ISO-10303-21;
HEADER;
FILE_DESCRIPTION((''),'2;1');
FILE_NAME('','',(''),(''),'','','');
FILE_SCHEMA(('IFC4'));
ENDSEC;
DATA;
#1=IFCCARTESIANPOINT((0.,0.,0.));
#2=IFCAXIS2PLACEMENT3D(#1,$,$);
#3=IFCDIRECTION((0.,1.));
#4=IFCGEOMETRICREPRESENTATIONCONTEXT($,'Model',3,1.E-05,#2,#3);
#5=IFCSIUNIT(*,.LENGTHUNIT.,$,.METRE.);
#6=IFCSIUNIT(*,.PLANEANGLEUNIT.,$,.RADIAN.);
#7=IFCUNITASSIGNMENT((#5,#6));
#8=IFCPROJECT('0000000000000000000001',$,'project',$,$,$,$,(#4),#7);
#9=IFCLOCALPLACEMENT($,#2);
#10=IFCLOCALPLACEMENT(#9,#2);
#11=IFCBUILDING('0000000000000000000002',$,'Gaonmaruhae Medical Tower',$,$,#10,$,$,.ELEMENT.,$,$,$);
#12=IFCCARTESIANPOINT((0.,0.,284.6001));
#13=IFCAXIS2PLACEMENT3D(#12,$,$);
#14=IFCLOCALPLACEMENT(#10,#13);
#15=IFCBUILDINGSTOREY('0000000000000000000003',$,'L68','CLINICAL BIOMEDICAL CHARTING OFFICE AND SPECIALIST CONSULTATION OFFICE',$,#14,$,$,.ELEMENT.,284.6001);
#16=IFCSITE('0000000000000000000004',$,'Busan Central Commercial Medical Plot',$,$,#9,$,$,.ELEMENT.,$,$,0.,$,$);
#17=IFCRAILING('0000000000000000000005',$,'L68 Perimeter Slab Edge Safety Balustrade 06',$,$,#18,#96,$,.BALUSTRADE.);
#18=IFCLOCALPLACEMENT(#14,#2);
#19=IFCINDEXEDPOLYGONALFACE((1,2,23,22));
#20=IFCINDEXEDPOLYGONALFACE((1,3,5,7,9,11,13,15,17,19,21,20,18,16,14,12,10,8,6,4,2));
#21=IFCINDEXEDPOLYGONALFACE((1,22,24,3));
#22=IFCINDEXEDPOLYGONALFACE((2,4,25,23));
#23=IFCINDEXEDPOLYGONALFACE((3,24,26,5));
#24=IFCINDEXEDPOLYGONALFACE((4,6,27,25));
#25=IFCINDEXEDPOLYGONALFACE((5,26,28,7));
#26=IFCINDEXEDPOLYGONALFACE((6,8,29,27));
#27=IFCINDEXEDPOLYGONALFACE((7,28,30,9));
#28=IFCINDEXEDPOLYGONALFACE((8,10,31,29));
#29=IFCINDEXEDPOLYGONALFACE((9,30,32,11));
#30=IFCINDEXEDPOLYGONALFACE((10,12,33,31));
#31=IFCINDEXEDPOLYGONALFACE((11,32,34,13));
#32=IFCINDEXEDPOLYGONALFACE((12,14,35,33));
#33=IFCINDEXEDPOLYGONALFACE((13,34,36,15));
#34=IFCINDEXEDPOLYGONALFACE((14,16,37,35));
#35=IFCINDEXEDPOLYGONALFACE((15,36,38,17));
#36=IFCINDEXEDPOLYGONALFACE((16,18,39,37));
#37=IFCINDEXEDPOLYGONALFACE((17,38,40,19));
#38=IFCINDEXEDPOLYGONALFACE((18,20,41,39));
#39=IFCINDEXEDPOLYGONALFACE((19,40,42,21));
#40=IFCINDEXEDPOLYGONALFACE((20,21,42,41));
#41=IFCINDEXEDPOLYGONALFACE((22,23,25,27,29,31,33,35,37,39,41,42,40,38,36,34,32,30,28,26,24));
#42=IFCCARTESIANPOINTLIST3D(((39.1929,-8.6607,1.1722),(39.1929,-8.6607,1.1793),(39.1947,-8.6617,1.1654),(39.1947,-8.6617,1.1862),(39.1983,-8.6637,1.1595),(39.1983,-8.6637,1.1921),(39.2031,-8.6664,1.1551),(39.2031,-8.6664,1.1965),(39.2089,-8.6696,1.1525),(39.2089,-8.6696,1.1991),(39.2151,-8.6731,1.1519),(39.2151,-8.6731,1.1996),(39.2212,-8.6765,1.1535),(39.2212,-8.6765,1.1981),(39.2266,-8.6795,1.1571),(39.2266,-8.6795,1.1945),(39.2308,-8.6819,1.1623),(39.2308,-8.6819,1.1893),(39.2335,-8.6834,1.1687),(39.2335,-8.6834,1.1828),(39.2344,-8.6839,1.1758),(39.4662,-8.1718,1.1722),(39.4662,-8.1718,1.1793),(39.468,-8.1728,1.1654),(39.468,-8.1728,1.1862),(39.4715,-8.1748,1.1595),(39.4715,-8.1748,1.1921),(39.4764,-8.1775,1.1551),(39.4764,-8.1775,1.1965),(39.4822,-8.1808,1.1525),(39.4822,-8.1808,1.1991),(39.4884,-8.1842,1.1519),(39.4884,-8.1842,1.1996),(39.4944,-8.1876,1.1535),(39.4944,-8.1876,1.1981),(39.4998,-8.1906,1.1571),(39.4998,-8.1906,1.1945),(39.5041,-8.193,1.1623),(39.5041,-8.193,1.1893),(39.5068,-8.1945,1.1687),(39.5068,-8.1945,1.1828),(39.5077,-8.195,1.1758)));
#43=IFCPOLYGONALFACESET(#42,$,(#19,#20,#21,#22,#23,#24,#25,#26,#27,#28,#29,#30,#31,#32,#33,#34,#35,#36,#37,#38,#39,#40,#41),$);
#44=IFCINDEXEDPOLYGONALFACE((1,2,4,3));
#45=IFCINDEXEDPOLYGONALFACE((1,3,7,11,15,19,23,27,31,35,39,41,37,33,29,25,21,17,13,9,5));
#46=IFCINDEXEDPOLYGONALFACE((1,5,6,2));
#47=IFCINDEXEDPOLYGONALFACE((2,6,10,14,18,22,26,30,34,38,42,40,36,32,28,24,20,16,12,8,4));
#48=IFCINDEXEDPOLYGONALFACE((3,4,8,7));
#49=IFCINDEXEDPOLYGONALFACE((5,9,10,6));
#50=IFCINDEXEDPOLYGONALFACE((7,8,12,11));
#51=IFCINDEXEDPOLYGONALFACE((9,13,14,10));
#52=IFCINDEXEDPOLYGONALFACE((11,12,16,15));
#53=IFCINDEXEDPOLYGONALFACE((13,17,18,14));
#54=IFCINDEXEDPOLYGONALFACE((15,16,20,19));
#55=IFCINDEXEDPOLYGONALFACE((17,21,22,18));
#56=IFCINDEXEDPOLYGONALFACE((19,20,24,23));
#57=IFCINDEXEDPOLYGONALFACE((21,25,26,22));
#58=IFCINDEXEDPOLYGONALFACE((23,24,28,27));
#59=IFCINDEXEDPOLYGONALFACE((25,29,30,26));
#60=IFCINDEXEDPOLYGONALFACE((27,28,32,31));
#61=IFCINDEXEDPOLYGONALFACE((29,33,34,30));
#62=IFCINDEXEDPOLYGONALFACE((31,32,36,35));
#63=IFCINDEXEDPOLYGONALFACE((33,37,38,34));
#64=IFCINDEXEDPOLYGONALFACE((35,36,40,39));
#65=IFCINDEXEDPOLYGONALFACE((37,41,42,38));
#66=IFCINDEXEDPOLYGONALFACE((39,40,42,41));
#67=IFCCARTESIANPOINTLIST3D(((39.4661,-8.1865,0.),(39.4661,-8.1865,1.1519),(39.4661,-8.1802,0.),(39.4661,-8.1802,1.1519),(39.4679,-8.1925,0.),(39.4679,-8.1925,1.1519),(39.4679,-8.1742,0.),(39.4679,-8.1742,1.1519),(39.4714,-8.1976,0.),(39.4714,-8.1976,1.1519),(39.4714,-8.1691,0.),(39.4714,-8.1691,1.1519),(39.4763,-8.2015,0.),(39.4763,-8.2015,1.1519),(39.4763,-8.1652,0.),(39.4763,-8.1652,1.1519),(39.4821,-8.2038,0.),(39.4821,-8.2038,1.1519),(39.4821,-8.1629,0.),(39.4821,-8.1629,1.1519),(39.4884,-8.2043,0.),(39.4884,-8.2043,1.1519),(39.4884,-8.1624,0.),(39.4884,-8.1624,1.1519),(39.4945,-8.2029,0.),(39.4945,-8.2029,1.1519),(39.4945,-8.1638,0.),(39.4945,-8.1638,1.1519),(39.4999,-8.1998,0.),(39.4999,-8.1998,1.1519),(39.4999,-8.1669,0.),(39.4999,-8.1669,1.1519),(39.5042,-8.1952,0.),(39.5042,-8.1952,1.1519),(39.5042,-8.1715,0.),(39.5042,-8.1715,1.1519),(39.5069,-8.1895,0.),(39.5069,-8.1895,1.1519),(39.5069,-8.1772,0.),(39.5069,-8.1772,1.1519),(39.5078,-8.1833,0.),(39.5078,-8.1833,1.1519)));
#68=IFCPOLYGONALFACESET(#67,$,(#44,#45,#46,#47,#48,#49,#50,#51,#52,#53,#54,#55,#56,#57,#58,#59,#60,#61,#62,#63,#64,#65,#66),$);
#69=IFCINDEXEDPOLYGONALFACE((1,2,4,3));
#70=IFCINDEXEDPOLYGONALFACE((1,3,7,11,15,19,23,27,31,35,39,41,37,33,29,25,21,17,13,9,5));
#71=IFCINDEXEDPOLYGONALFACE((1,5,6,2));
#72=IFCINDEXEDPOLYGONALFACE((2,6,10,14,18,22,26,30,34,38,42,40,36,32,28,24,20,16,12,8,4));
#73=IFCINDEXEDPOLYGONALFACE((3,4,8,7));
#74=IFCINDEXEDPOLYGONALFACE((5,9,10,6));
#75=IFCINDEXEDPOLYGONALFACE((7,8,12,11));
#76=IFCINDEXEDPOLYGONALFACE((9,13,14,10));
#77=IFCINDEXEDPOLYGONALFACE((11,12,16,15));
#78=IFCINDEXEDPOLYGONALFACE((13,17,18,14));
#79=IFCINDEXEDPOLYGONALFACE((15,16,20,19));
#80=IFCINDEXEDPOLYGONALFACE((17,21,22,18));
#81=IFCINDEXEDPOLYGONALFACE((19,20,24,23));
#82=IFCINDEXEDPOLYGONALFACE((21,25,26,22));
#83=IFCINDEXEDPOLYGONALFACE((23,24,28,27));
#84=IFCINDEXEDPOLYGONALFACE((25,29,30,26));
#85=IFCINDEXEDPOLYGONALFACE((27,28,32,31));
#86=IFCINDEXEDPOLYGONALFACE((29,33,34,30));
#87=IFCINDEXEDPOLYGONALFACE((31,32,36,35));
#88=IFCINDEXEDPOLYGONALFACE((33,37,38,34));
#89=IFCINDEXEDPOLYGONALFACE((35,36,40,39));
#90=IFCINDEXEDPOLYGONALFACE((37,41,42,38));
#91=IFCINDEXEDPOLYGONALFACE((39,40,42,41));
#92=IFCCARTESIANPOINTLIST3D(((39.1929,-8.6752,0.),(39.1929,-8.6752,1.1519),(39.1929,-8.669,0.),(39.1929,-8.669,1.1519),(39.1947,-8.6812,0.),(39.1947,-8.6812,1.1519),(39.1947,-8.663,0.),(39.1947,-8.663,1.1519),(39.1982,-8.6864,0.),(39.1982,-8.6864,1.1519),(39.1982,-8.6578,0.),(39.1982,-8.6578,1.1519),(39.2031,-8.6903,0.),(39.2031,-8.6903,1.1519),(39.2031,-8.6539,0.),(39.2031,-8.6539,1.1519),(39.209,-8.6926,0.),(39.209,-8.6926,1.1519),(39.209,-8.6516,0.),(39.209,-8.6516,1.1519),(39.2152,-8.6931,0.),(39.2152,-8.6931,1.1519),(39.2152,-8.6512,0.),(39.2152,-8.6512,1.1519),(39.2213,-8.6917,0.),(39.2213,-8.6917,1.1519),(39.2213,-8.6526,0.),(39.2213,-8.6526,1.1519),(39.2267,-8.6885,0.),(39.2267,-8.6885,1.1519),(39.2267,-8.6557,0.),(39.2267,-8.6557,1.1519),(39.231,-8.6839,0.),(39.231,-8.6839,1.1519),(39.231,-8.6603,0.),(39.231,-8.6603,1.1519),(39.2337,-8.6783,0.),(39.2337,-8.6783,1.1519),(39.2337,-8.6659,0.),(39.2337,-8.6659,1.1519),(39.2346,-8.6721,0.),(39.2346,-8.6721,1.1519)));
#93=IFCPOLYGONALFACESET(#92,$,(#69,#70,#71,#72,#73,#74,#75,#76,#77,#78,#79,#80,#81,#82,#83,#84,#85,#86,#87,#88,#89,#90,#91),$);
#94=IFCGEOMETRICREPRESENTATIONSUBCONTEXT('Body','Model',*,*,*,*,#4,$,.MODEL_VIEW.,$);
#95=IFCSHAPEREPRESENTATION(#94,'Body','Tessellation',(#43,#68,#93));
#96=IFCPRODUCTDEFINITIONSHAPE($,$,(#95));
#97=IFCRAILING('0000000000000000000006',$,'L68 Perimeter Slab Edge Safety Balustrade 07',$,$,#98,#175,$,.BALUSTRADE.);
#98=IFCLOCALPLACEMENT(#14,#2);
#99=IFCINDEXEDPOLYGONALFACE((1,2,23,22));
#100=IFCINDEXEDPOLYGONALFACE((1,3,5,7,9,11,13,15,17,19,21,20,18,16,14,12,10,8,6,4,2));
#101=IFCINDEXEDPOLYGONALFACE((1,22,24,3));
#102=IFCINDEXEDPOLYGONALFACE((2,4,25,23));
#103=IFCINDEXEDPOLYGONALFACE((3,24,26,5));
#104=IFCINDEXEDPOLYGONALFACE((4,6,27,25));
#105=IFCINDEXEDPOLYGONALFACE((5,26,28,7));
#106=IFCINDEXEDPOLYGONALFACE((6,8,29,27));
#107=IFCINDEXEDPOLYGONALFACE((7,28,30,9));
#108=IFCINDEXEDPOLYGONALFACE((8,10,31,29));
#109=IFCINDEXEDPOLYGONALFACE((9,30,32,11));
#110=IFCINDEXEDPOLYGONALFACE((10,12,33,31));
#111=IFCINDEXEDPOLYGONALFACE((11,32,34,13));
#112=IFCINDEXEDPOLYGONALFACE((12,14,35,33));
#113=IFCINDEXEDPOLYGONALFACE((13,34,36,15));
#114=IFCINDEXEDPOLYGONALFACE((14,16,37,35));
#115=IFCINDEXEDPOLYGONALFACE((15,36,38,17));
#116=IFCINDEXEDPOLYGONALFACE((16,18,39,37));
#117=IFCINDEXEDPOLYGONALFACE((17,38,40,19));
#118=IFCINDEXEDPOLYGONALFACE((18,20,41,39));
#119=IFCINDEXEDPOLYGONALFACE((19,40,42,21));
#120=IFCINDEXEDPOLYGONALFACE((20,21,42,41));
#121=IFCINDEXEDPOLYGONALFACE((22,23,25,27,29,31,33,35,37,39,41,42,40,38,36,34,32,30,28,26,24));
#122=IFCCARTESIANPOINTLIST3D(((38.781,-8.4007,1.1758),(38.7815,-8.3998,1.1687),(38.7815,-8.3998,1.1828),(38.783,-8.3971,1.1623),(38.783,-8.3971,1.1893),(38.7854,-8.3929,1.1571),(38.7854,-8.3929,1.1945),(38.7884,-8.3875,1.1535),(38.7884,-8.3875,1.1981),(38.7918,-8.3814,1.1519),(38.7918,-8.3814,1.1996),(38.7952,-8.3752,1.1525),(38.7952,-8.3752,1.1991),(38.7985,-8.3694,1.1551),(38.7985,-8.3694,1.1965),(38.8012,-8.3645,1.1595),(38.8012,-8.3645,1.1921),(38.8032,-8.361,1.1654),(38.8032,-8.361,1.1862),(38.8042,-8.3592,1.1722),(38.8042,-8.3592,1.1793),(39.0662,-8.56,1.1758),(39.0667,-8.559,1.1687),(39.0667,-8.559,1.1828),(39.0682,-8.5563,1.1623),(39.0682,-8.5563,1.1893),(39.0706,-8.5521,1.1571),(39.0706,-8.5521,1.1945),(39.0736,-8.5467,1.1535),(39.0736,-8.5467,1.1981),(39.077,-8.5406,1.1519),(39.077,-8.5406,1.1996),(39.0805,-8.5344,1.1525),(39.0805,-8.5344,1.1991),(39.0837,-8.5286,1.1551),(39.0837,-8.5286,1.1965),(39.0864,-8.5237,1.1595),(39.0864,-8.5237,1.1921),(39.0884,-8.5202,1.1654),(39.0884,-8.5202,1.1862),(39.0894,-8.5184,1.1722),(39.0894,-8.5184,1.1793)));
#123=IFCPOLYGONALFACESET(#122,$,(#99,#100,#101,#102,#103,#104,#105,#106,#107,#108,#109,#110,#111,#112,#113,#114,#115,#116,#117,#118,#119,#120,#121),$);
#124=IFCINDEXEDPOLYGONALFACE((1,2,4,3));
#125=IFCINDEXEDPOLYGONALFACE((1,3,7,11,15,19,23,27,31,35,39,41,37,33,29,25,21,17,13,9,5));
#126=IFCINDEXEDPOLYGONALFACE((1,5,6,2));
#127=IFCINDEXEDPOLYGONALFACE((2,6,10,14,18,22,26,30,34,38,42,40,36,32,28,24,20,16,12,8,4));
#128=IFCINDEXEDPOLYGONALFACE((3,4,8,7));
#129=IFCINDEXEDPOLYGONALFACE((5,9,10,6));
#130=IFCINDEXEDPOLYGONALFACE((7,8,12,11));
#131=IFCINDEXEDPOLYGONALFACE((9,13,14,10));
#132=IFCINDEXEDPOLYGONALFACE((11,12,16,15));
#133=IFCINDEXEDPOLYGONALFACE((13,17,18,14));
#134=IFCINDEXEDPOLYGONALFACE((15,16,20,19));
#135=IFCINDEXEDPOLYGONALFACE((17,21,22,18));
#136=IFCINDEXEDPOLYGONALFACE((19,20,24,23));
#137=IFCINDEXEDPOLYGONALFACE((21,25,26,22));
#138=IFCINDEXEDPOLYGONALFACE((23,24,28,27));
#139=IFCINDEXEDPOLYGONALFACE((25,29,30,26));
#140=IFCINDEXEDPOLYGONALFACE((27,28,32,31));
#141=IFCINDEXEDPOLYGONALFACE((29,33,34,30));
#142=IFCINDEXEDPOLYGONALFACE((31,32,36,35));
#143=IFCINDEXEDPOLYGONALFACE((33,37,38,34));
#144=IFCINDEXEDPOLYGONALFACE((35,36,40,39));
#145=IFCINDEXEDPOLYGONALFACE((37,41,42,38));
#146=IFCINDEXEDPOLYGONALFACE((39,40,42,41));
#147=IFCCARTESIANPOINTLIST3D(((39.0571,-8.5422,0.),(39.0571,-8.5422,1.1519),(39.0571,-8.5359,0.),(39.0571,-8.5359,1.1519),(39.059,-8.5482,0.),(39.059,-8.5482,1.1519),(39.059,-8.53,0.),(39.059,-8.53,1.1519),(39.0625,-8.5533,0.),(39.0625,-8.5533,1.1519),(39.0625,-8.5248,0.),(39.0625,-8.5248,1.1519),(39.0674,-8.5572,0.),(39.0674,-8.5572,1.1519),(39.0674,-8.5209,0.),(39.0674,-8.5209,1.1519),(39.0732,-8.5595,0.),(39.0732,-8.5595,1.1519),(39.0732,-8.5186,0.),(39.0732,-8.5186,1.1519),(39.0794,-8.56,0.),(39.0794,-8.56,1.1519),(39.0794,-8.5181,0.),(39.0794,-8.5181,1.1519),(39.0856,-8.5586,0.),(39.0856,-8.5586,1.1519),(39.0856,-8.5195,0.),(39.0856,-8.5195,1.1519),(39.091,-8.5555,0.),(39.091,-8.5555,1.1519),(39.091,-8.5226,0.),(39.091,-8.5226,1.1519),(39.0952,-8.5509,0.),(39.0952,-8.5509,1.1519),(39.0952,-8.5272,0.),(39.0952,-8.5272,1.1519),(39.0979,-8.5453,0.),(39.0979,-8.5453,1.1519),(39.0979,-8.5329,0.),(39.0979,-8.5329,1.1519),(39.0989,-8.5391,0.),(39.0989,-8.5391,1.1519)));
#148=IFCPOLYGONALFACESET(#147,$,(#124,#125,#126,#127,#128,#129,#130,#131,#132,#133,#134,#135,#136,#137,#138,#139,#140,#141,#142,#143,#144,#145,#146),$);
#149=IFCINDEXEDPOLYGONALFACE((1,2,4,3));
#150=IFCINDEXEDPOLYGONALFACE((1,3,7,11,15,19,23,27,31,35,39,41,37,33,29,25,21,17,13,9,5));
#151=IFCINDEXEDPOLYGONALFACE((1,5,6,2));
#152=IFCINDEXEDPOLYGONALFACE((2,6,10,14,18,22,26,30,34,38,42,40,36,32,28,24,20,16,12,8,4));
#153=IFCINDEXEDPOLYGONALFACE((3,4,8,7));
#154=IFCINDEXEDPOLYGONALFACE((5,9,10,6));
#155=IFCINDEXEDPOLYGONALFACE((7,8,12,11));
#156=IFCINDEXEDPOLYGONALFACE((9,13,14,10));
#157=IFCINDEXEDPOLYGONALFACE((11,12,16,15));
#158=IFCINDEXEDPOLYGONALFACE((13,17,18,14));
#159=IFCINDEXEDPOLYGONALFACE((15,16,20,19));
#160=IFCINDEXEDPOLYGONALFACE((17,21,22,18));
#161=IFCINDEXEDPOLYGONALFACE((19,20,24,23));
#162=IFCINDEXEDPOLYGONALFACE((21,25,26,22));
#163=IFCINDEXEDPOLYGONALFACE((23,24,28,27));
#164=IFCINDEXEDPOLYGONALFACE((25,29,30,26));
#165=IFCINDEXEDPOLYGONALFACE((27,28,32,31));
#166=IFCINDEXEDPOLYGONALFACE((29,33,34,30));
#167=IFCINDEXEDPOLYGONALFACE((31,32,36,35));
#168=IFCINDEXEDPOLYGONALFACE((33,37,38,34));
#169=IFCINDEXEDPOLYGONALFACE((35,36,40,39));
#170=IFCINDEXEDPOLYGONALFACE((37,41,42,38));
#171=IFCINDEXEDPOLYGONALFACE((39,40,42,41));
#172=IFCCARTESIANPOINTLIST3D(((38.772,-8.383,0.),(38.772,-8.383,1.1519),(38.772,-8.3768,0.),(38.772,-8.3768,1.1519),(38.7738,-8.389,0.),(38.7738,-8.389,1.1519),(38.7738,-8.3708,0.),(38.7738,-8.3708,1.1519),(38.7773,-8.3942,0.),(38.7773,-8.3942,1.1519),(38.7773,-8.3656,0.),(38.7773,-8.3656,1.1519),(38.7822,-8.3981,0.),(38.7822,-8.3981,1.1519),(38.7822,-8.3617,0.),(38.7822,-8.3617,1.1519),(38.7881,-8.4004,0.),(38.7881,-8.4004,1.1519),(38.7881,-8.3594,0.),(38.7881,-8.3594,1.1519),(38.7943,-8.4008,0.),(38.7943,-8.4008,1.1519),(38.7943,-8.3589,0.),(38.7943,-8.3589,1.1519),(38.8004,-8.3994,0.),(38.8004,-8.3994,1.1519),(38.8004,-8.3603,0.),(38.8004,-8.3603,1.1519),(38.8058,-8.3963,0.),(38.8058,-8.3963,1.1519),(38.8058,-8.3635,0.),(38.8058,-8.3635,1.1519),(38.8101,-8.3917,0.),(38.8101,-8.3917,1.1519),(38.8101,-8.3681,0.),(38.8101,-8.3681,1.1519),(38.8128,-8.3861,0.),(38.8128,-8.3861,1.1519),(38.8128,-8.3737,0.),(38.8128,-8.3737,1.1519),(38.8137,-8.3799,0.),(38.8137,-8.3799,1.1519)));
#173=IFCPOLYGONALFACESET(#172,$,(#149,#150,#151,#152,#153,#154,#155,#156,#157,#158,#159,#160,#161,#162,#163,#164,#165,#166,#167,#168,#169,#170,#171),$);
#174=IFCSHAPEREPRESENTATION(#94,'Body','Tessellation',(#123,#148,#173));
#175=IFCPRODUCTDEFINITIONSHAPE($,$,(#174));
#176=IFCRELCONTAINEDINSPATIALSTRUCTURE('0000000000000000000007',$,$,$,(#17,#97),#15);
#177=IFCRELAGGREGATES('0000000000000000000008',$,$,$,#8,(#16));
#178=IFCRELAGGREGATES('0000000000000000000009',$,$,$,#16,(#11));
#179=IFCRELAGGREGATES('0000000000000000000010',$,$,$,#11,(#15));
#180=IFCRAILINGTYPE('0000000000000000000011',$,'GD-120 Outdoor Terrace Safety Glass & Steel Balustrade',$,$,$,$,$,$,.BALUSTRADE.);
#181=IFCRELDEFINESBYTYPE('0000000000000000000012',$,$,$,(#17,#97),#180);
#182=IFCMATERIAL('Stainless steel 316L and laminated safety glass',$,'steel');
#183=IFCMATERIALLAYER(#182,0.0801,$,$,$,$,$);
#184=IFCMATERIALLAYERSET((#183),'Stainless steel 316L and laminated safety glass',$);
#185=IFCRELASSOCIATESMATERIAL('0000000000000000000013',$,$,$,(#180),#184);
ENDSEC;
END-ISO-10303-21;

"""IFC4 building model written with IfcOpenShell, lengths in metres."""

from ifc_helpers import new_model, si_unit, direction, frame, origin, origin_2d, place, context, subcontext, project, spatial, circle, extrude, material, layer, layer_set, type_object, element, save


model = new_model("IFC4")

# Units and contexts
model_context = context("Model", 3, precision=1e-05, world=origin(), true_north=direction((0.0, 1.0)))
body_context = subcontext(model_context, "Body", "Model", "MODEL_VIEW")
ifc_project = project(units=[si_unit("LENGTHUNIT", "METRE"), si_unit("PLANEANGLEUNIT", "RADIAN")], contexts=[model_context])

# Site, building, storey
site_placement = place(None, origin())
site = spatial("IfcSite", under=ifc_project, at=site_placement, Name="Busan Central Commercial Medical Plot", CompositionType="ELEMENT", RefElevation=0.0)
building_placement = place(site_placement, origin())
building = spatial("IfcBuilding", under=site, at=building_placement, Name="Gaonmaruhae Medical Tower", CompositionType="ELEMENT")
storey_placement = place(building_placement, frame((0.0, 0.0, 284.6001)))
storey = spatial("IfcBuildingStorey", under=building, at=storey_placement, Name="L68", Description="CLINICAL BIOMEDICAL CHARTING OFFICE AND SPECIALIST CONSULTATION OFFICE", CompositionType="ELEMENT", Elevation=284.6001)

# Railings
ifc_material_1 = material(Name="Stainless steel 316L and laminated safety glass", Category="steel")
ifc_layer_1 = layer(ifc_material_1, 0.0801)
ifc_layer_set_1 = layer_set([ifc_layer_1], Name="Stainless steel 316L and laminated safety glass")
railing_type = type_object("IfcRailingType", Name="GD-120 Outdoor Terrace Safety Glass & Steel Balustrade", PredefinedType="BALUSTRADE", material=ifc_layer_set_1)
railing_1_placement = place(storey_placement, frame((39.4868, -8.1833, 0.0)))
element("IfcRailing", 1, at=railing_1_placement, inside=storey, type_object=railing_type, Name="L68 Perimeter Slab Edge Safety Balustrade 06", PredefinedType="BALUSTRADE", context=body_context, shape_type="SweptSolid", body=[
    extrude(circle(Radius=0.0239, at=origin_2d()), frame((0.0, 0.0, 1.1758), z_axis=(-0.4879, -0.8729, 0.0), x_axis=(0.8729, -0.4879, 0.0)), (0.0, 0.0, 1.0), 0.5601),
    extrude(circle(Radius=0.021, at=origin_2d()), origin(), (0.0, 0.0, 1.0), 1.1519),
    extrude(circle(Radius=0.021, at=origin_2d()), frame((-0.2732, -0.4888, 0.0)), (0.0, 0.0, 1.0), 1.1519),
])
railing_2_placement = place(storey_placement, frame((39.0779, -8.5391, 0.0)))
element("IfcRailing", 2, at=railing_2_placement, inside=storey, type_object=railing_type, Name="L68 Perimeter Slab Edge Safety Balustrade 07", PredefinedType="BALUSTRADE", context=body_context, shape_type="SweptSolid", body=[
    extrude(circle(Radius=0.0239, at=origin_2d()), frame((0.0, 0.0, 1.1758), z_axis=(-0.873168, 0.487419, 0.0), x_axis=(-0.487419, -0.873168, 0.0)), (0.0, 0.0, 1.0), 0.3267),
    extrude(circle(Radius=0.021, at=origin_2d()), origin(), (0.0, 0.0, 1.0), 1.1519),
    extrude(circle(Radius=0.021, at=origin_2d()), frame((-0.2852, 0.1592, 0.0)), (0.0, 0.0, 1.0), 1.1519),
])

save(model, "model.ifc")
